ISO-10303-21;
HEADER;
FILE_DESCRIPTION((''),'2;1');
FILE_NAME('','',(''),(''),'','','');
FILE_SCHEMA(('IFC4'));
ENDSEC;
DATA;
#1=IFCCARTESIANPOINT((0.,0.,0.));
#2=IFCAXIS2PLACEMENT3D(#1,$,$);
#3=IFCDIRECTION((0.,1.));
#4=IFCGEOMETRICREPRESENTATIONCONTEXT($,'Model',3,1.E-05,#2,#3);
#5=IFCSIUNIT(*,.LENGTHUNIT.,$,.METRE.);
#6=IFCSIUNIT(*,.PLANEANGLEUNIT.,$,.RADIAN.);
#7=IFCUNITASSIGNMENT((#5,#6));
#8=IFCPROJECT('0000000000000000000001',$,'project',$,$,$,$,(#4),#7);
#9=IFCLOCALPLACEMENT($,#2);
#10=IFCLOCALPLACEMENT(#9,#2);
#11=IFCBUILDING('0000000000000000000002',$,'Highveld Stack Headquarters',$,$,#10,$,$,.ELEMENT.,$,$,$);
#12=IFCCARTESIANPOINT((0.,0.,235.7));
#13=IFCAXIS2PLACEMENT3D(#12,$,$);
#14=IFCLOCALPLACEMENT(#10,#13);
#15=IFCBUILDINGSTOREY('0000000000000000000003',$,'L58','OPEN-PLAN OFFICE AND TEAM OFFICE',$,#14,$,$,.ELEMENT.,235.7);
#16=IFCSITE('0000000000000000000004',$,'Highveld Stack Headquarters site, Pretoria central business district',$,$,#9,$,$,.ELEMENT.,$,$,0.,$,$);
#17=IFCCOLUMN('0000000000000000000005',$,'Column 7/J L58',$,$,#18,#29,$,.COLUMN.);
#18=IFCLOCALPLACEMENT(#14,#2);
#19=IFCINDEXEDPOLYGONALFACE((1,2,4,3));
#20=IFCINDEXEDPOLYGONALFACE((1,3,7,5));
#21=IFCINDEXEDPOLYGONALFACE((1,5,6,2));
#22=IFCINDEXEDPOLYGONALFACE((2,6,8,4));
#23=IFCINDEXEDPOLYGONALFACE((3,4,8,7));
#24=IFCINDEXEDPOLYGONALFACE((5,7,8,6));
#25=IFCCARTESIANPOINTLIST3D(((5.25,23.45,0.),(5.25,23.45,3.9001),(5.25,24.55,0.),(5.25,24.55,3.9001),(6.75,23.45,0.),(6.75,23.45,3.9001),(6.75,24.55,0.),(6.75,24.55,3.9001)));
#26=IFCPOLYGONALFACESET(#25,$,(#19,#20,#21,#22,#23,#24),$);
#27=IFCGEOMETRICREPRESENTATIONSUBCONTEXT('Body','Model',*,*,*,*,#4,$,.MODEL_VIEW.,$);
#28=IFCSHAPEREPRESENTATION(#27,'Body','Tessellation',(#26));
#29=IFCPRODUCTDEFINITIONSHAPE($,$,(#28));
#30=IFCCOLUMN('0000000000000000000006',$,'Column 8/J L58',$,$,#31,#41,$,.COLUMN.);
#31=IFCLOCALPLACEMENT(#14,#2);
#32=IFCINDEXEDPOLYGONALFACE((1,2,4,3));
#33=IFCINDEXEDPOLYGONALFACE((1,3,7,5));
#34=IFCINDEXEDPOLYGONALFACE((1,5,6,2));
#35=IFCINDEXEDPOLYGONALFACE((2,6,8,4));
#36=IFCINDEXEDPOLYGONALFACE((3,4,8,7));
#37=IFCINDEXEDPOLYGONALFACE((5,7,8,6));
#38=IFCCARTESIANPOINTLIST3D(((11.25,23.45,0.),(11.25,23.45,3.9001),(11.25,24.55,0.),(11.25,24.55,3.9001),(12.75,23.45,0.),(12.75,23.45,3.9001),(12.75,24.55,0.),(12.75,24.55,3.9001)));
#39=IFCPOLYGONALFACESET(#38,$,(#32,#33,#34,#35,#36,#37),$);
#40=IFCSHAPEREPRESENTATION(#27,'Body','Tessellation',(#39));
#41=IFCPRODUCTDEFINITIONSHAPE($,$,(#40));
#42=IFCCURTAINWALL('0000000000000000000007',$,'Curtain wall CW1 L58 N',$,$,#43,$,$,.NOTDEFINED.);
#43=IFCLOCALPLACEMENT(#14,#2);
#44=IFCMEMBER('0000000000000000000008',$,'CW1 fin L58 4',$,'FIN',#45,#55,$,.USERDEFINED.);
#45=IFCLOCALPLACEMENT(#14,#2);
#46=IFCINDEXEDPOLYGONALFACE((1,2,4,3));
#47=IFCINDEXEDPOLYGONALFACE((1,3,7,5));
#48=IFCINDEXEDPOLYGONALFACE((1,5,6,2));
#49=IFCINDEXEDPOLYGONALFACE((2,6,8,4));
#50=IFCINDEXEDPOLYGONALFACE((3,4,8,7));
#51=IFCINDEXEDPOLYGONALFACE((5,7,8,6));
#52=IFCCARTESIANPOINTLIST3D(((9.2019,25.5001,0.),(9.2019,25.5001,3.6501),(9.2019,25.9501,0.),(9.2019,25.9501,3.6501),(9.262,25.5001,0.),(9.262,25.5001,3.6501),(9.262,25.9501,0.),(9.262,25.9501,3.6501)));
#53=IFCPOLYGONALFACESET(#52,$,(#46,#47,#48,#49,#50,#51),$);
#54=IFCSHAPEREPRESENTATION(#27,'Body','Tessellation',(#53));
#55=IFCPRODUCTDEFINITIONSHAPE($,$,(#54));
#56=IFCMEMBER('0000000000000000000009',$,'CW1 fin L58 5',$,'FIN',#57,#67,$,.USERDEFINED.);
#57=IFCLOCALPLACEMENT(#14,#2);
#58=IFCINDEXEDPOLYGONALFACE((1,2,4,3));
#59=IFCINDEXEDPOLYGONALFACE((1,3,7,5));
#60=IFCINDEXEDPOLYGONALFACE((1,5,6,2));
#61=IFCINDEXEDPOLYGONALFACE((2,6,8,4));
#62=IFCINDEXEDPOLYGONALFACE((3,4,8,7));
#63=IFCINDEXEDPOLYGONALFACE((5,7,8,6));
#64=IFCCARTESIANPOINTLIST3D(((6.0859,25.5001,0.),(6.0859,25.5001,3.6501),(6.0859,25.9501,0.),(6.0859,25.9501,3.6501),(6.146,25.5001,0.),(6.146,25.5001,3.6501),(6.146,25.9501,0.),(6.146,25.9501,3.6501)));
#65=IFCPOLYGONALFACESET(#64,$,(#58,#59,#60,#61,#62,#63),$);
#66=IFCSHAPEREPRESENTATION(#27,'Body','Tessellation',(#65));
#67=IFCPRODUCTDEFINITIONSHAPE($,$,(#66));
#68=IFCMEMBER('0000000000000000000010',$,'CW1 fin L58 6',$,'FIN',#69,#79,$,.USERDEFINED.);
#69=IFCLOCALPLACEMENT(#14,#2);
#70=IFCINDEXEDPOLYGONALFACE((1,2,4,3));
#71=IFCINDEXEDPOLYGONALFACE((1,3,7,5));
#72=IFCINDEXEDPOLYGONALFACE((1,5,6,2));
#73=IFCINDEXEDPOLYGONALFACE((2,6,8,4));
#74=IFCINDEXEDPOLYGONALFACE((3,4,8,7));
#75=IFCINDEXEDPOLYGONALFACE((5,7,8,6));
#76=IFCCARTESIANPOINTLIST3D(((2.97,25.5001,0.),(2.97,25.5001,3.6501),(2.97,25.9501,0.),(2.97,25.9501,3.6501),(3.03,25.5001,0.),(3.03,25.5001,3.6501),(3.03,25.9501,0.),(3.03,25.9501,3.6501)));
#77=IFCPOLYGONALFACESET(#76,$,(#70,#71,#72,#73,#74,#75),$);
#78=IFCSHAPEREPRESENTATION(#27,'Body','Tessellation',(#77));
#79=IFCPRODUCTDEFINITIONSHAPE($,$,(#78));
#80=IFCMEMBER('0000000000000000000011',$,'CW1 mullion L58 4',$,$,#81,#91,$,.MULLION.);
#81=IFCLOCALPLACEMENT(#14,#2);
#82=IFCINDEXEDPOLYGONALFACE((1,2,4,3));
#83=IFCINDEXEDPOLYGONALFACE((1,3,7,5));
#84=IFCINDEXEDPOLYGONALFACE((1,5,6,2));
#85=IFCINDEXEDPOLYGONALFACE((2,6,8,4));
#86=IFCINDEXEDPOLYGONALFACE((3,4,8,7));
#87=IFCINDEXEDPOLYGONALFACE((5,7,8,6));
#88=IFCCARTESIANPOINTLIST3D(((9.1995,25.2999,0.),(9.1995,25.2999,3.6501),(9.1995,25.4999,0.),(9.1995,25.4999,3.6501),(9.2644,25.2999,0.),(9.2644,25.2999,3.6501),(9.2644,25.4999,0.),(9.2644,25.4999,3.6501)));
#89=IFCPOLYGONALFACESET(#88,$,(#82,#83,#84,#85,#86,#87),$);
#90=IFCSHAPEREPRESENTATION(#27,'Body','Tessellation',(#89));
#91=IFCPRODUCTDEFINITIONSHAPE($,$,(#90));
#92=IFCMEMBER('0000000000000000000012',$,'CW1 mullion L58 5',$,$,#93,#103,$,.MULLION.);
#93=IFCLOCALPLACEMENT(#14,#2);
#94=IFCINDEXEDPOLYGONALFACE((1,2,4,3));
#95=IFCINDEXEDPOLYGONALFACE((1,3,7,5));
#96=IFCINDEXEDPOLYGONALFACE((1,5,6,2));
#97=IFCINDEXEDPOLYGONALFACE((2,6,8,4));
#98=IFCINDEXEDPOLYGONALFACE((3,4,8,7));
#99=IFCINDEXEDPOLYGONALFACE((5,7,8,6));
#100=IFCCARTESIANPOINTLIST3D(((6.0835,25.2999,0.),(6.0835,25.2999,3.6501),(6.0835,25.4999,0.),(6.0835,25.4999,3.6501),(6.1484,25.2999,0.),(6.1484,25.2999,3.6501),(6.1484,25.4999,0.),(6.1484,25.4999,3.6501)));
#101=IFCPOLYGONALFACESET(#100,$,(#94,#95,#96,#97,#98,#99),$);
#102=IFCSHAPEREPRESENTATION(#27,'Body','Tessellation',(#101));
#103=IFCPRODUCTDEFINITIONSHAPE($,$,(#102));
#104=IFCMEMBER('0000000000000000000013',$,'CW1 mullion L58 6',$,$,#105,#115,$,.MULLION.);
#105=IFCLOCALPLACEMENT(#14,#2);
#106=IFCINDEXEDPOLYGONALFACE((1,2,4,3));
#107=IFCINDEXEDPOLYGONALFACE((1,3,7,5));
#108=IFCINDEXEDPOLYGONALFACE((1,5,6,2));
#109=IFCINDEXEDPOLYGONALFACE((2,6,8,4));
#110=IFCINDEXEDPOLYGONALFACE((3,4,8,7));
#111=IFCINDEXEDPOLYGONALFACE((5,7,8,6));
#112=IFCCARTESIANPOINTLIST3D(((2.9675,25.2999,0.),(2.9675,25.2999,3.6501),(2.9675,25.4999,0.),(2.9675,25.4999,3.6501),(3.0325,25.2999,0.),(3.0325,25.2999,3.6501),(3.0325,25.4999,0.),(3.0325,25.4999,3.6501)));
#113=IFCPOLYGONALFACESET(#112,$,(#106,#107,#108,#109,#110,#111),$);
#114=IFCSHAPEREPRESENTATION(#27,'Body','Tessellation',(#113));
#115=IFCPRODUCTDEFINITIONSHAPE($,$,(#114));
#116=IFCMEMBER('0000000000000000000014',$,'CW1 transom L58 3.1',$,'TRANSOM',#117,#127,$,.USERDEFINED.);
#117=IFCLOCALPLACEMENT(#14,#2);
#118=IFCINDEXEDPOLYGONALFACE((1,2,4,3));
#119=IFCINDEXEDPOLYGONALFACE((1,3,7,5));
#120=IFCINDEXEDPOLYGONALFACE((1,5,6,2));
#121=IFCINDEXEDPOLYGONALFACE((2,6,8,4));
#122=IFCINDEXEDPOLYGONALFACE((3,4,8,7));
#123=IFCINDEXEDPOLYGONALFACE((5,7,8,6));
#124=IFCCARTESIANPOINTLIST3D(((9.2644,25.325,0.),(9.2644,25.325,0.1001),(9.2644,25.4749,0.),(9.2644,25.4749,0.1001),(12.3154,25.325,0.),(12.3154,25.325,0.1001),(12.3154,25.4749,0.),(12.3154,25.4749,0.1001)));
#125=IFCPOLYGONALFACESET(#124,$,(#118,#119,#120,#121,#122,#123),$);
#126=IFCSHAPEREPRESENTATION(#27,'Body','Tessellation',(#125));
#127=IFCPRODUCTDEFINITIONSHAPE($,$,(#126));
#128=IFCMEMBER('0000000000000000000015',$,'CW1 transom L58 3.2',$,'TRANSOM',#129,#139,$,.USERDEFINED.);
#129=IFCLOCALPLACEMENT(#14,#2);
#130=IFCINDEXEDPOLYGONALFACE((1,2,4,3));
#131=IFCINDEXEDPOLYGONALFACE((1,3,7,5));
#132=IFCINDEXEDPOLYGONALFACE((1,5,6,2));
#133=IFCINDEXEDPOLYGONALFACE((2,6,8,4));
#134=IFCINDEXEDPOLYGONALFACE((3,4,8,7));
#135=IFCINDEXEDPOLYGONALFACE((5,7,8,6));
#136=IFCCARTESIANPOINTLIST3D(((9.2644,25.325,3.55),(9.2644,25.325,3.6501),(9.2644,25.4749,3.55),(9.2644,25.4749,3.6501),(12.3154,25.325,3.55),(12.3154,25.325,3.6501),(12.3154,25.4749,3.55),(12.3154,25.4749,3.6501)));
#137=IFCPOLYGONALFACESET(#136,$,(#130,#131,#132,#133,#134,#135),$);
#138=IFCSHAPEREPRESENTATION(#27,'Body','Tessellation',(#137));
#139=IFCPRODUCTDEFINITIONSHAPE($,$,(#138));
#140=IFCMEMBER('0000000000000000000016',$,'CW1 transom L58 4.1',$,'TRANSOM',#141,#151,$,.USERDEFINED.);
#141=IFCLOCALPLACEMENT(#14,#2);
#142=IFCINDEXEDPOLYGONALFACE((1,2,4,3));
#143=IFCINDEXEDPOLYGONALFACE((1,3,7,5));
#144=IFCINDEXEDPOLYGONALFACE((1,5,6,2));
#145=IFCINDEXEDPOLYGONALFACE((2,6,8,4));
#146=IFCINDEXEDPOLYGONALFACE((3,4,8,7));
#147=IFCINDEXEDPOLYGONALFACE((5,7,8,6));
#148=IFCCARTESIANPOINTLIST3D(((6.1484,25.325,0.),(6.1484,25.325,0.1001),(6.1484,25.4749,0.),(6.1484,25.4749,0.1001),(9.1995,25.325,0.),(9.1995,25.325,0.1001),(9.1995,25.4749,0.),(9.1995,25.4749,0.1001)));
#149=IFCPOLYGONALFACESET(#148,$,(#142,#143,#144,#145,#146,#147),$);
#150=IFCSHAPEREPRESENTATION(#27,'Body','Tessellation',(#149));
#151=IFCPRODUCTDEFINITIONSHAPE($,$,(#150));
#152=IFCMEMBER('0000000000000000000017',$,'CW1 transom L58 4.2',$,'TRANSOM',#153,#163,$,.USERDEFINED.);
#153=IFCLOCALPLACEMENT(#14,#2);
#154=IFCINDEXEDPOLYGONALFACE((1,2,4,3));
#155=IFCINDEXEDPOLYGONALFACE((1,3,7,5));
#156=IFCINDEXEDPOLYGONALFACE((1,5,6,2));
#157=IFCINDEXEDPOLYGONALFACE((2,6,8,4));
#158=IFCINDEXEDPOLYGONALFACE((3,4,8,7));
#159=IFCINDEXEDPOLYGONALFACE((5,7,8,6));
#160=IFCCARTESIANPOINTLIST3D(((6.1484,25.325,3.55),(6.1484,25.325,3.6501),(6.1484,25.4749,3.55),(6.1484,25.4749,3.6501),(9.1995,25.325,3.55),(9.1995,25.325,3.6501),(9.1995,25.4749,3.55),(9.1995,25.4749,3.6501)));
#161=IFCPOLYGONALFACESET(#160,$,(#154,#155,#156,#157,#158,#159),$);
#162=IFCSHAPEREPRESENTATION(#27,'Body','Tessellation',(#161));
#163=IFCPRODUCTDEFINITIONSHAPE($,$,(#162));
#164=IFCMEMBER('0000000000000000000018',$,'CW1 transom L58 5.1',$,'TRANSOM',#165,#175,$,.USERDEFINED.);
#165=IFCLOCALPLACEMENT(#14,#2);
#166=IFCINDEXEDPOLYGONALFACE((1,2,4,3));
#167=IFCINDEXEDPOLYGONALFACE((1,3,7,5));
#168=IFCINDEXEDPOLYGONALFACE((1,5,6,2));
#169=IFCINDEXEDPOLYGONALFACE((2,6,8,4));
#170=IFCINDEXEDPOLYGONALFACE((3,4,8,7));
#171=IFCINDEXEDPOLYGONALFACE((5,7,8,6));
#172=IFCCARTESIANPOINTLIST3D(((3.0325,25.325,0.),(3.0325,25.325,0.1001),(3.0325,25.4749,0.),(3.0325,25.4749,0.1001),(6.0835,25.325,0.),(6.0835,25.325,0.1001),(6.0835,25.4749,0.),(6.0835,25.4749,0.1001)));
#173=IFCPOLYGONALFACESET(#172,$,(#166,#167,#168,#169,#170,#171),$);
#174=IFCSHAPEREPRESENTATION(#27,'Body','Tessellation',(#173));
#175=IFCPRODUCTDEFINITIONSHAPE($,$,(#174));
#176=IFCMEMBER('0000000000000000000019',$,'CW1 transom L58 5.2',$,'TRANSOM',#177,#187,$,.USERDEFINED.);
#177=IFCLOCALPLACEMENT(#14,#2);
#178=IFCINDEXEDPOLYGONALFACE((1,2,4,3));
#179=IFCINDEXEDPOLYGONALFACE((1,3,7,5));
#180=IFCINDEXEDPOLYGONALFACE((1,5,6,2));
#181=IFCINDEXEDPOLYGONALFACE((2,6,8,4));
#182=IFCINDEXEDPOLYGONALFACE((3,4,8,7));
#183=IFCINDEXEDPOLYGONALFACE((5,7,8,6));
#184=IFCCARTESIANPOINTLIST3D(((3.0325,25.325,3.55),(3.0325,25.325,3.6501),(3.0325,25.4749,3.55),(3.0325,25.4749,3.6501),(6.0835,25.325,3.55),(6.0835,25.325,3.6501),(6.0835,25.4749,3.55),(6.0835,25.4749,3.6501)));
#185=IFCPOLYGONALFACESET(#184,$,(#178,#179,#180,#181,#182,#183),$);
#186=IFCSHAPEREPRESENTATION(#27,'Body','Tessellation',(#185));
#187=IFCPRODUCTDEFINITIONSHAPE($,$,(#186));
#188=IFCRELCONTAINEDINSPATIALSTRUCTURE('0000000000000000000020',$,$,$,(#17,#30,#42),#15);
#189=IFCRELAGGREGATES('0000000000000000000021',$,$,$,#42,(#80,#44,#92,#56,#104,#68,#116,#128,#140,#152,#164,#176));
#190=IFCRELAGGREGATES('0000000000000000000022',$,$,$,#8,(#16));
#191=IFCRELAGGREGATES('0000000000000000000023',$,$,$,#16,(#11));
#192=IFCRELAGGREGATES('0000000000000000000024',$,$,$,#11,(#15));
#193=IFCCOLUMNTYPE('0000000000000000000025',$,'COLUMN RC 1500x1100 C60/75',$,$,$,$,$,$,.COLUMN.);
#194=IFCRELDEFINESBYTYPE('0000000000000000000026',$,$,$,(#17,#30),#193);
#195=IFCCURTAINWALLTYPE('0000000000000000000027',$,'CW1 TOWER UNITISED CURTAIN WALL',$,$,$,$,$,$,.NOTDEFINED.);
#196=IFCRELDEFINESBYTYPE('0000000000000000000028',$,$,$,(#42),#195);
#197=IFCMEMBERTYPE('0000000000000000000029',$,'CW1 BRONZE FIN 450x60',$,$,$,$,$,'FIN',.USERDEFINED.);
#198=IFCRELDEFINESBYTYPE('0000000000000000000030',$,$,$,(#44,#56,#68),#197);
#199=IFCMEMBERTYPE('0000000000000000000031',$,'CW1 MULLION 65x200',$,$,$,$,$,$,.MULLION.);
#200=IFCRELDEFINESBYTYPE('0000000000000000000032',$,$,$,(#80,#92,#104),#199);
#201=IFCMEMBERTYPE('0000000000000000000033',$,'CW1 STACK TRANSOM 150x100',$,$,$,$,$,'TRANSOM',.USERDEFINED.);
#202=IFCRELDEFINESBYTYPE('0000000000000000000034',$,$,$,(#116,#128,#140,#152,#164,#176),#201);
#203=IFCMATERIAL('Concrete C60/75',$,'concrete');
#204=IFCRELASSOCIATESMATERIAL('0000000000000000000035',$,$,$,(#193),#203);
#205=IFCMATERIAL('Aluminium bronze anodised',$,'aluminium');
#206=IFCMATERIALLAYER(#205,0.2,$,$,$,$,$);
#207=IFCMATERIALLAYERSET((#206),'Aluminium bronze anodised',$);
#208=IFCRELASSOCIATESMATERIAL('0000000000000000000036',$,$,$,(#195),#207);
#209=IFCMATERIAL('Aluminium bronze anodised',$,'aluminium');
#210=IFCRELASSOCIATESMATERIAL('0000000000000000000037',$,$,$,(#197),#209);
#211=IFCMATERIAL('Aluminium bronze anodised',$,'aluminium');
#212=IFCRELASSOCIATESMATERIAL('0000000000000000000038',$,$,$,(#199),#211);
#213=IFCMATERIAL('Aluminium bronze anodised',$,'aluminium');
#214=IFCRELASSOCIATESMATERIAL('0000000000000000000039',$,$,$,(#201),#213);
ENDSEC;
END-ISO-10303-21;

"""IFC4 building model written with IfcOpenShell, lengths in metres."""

from ifc_helpers import new_model, si_unit, direction, frame, origin, origin_2d, place, context, subcontext, project, spatial, rectangle, extrude, material, layer, layer_set, material_profile, profile_set, type_object, element, aggregate, save


model = new_model("IFC4")

# Units and contexts
model_context = context("Model", 3, precision=1e-05, world=origin(), true_north=direction((0.0, 1.0)))
body_context = subcontext(model_context, "Body", "Model", "MODEL_VIEW")
ifc_project = project(units=[si_unit("LENGTHUNIT", "METRE"), si_unit("PLANEANGLEUNIT", "RADIAN")], contexts=[model_context])

# Site, building, storey
site_placement = place(None, origin())
site = spatial("IfcSite", under=ifc_project, at=site_placement, Name="Highveld Stack Headquarters site, Pretoria central business district", CompositionType="ELEMENT", RefElevation=0.0)
building_placement = place(site_placement, origin())
building = spatial("IfcBuilding", under=site, at=building_placement, Name="Highveld Stack Headquarters", CompositionType="ELEMENT")
storey_placement = place(building_placement, frame((0.0, 0.0, 235.7)))
storey = spatial("IfcBuildingStorey", under=building, at=storey_placement, Name="L58", Description="OPEN-PLAN OFFICE AND TEAM OFFICE", CompositionType="ELEMENT", Elevation=235.7)

# Columns
ifc_material_1 = material(Name="Concrete C60/75", Category="concrete")
ifc_material_profile_1 = material_profile(ifc_material_1, rectangle(XDim=1.5, YDim=1.1001, at=origin_2d()), Name="RC 1500x1100")
ifc_profile_set_1 = profile_set([ifc_material_profile_1], Name="Concrete C60/75")
column_type = type_object("IfcColumnType", Name="COLUMN RC 1500x1100 C60/75", PredefinedType="COLUMN", material=ifc_profile_set_1)
for number, where, z_axis, x_axis, name in (
    (1, (6.0, 24.0, 0.0), (0.0, 0.0, 1.0), (1.0, 0.0, 0.0), "Column 7/J L58"),
    (2, (12.0, 24.0, 0.0), (0.0, 0.0, 1.0), (1.0, 0.0, 0.0), "Column 8/J L58"),
):
    element("IfcColumn", number, at=place(storey_placement, frame(where, z_axis=z_axis, x_axis=x_axis)), inside=storey, type_object=column_type, Name=name, PredefinedType="COLUMN", context=body_context, shape_type="SweptSolid", body=[
        extrude(rectangle(XDim=1.5, YDim=1.1001, at=origin_2d()), origin(), (0.0, 0.0, 1.0), 3.9001),
    ])

# Curtain wall, members
ifc_material_2 = material(Name="Aluminium bronze anodised", Category="aluminium")
ifc_layer_1 = layer(ifc_material_2, 0.2)
ifc_layer_set_1 = layer_set([ifc_layer_1], Name="Aluminium bronze anodised")
curtain_wall_type = type_object("IfcCurtainWallType", Name="CW1 TOWER UNITISED CURTAIN WALL", PredefinedType="NOTDEFINED", material=ifc_layer_set_1)
curtain_wall_placement = place(storey_placement, origin())
curtain_wall = element("IfcCurtainWall", 3, at=curtain_wall_placement, inside=storey, type_object=curtain_wall_type, Name="Curtain wall CW1 L58 N", PredefinedType="NOTDEFINED")
ifc_material_3 = material(Name="Aluminium bronze anodised", Category="aluminium")
ifc_material_profile_2 = material_profile(ifc_material_3, rectangle(XDim=0.45, YDim=0.0601, at=origin_2d()), Name="FIN 450x60")
ifc_profile_set_2 = profile_set([ifc_material_profile_2], Name="Aluminium bronze anodised")
member_type_1 = type_object("IfcMemberType", Name="CW1 BRONZE FIN 450x60", ElementType="FIN", PredefinedType="USERDEFINED", material=ifc_profile_set_2)
member_1_placement = place(storey_placement, frame((9.2319, 25.7251, 0.0), z_axis=(0.0, 0.0, 1.0), x_axis=(0.0, -1.0, 0.0)))
member_1 = element("IfcMember", 4, at=member_1_placement, type_object=member_type_1, Name="CW1 fin L58 4", ObjectType="FIN", PredefinedType="USERDEFINED", context=body_context, shape_type="SweptSolid", body=[
    extrude(rectangle(XDim=0.45, YDim=0.0601, at=origin_2d()), origin(), (0.0, 0.0, 1.0), 3.6501),
])
member_2_placement = place(storey_placement, frame((6.116, 25.7251, 0.0), z_axis=(0.0, 0.0, 1.0), x_axis=(0.0, -1.0, 0.0)))
member_2 = element("IfcMember", 5, at=member_2_placement, type_object=member_type_1, Name="CW1 fin L58 5", ObjectType="FIN", PredefinedType="USERDEFINED", context=body_context, shape_type="SweptSolid", body=[
    extrude(rectangle(XDim=0.45, YDim=0.0601, at=origin_2d()), origin(), (0.0, 0.0, 1.0), 3.6501),
])
member_3_placement = place(storey_placement, frame((3.0, 25.7251, 0.0), z_axis=(0.0, 0.0, 1.0), x_axis=(0.0, -1.0, 0.0)))
member_3 = element("IfcMember", 6, at=member_3_placement, type_object=member_type_1, Name="CW1 fin L58 6", ObjectType="FIN", PredefinedType="USERDEFINED", context=body_context, shape_type="SweptSolid", body=[
    extrude(rectangle(XDim=0.45, YDim=0.0601, at=origin_2d()), origin(), (0.0, 0.0, 1.0), 3.6501),
])
ifc_material_4 = material(Name="Aluminium bronze anodised", Category="aluminium")
ifc_material_profile_3 = material_profile(ifc_material_4, rectangle(XDim=0.2, YDim=0.0649, at=origin_2d()), Name="CW1 MULLION 65x200")
ifc_profile_set_3 = profile_set([ifc_material_profile_3], Name="Aluminium bronze anodised")
member_type_2 = type_object("IfcMemberType", Name="CW1 MULLION 65x200", PredefinedType="MULLION", material=ifc_profile_set_3)
member_4_placement = place(storey_placement, frame((9.2319, 25.3999, 0.0), z_axis=(0.0, 0.0, 1.0), x_axis=(0.0, -1.0, 0.0)))
member_4 = element("IfcMember", 7, at=member_4_placement, type_object=member_type_2, Name="CW1 mullion L58 4", PredefinedType="MULLION", context=body_context, shape_type="SweptSolid", body=[
    extrude(rectangle(XDim=0.2, YDim=0.0649, at=origin_2d()), origin(), (0.0, 0.0, 1.0), 3.6501),
])
member_5_placement = place(storey_placement, frame((6.116, 25.3999, 0.0), z_axis=(0.0, 0.0, 1.0), x_axis=(0.0, -1.0, 0.0)))
member_5 = element("IfcMember", 8, at=member_5_placement, type_object=member_type_2, Name="CW1 mullion L58 5", PredefinedType="MULLION", context=body_context, shape_type="SweptSolid", body=[
    extrude(rectangle(XDim=0.2, YDim=0.0649, at=origin_2d()), origin(), (0.0, 0.0, 1.0), 3.6501),
])
member_6_placement = place(storey_placement, frame((3.0, 25.3999, 0.0), z_axis=(0.0, 0.0, 1.0), x_axis=(0.0, -1.0, 0.0)))
member_6 = element("IfcMember", 9, at=member_6_placement, type_object=member_type_2, Name="CW1 mullion L58 6", PredefinedType="MULLION", context=body_context, shape_type="SweptSolid", body=[
    extrude(rectangle(XDim=0.2, YDim=0.0649, at=origin_2d()), origin(), (0.0, 0.0, 1.0), 3.6501),
])
ifc_material_5 = material(Name="Aluminium bronze anodised", Category="aluminium")
ifc_material_profile_4 = material_profile(ifc_material_5, rectangle(XDim=0.1499, YDim=0.1001, at=origin_2d()), Name="CW1 TRANSOM 150x100")
ifc_profile_set_4 = profile_set([ifc_material_profile_4], Name="Aluminium bronze anodised")
member_type_3 = type_object("IfcMemberType", Name="CW1 STACK TRANSOM 150x100", ElementType="TRANSOM", PredefinedType="USERDEFINED", material=ifc_profile_set_4)
member_7_placement = place(storey_placement, frame((12.3154, 25.3999, 0.05), z_axis=(-1.0, 0.0, 0.0), x_axis=(0.0, -1.0, 0.0)))
member_7 = element("IfcMember", 10, at=member_7_placement, type_object=member_type_3, Name="CW1 transom L58 3.1", ObjectType="TRANSOM", PredefinedType="USERDEFINED", context=body_context, shape_type="SweptSolid", body=[
    extrude(rectangle(XDim=0.1499, YDim=0.1001, at=origin_2d()), origin(), (0.0, 0.0, 1.0), 3.051),
])
member_8_placement = place(storey_placement, frame((12.3154, 25.3999, 3.6001), z_axis=(-1.0, 0.0, 0.0), x_axis=(0.0, -1.0, 0.0)))
member_8 = element("IfcMember", 11, at=member_8_placement, type_object=member_type_3, Name="CW1 transom L58 3.2", ObjectType="TRANSOM", PredefinedType="USERDEFINED", context=body_context, shape_type="SweptSolid", body=[
    extrude(rectangle(XDim=0.1499, YDim=0.1001, at=origin_2d()), origin(), (0.0, 0.0, 1.0), 3.051),
])
member_9_placement = place(storey_placement, frame((9.1995, 25.3999, 0.05), z_axis=(-1.0, 0.0, 0.0), x_axis=(0.0, -1.0, 0.0)))
member_9 = element("IfcMember", 12, at=member_9_placement, type_object=member_type_3, Name="CW1 transom L58 4.1", ObjectType="TRANSOM", PredefinedType="USERDEFINED", context=body_context, shape_type="SweptSolid", body=[
    extrude(rectangle(XDim=0.1499, YDim=0.1001, at=origin_2d()), origin(), (0.0, 0.0, 1.0), 3.051),
])
member_10_placement = place(storey_placement, frame((9.1995, 25.3999, 3.6001), z_axis=(-1.0, 0.0, 0.0), x_axis=(0.0, -1.0, 0.0)))
member_10 = element("IfcMember", 13, at=member_10_placement, type_object=member_type_3, Name="CW1 transom L58 4.2", ObjectType="TRANSOM", PredefinedType="USERDEFINED", context=body_context, shape_type="SweptSolid", body=[
    extrude(rectangle(XDim=0.1499, YDim=0.1001, at=origin_2d()), origin(), (0.0, 0.0, 1.0), 3.051),
])
member_11_placement = place(storey_placement, frame((6.0835, 25.3999, 0.05), z_axis=(-1.0, 0.0, 0.0), x_axis=(0.0, -1.0, 0.0)))
member_11 = element("IfcMember", 14, at=member_11_placement, type_object=member_type_3, Name="CW1 transom L58 5.1", ObjectType="TRANSOM", PredefinedType="USERDEFINED", context=body_context, shape_type="SweptSolid", body=[
    extrude(rectangle(XDim=0.1499, YDim=0.1001, at=origin_2d()), origin(), (0.0, 0.0, 1.0), 3.051),
])
member_12_placement = place(storey_placement, frame((6.0835, 25.3999, 3.6001), z_axis=(-1.0, 0.0, 0.0), x_axis=(0.0, -1.0, 0.0)))
member_12 = element("IfcMember", 15, at=member_12_placement, type_object=member_type_3, Name="CW1 transom L58 5.2", ObjectType="TRANSOM", PredefinedType="USERDEFINED", context=body_context, shape_type="SweptSolid", body=[
    extrude(rectangle(XDim=0.1499, YDim=0.1001, at=origin_2d()), origin(), (0.0, 0.0, 1.0), 3.051),
])
aggregate(curtain_wall, [member_4, member_1, member_5, member_2, member_6, member_3, member_7, member_8, member_9, member_10, member_11, member_12])

save(model, "model.ifc")
